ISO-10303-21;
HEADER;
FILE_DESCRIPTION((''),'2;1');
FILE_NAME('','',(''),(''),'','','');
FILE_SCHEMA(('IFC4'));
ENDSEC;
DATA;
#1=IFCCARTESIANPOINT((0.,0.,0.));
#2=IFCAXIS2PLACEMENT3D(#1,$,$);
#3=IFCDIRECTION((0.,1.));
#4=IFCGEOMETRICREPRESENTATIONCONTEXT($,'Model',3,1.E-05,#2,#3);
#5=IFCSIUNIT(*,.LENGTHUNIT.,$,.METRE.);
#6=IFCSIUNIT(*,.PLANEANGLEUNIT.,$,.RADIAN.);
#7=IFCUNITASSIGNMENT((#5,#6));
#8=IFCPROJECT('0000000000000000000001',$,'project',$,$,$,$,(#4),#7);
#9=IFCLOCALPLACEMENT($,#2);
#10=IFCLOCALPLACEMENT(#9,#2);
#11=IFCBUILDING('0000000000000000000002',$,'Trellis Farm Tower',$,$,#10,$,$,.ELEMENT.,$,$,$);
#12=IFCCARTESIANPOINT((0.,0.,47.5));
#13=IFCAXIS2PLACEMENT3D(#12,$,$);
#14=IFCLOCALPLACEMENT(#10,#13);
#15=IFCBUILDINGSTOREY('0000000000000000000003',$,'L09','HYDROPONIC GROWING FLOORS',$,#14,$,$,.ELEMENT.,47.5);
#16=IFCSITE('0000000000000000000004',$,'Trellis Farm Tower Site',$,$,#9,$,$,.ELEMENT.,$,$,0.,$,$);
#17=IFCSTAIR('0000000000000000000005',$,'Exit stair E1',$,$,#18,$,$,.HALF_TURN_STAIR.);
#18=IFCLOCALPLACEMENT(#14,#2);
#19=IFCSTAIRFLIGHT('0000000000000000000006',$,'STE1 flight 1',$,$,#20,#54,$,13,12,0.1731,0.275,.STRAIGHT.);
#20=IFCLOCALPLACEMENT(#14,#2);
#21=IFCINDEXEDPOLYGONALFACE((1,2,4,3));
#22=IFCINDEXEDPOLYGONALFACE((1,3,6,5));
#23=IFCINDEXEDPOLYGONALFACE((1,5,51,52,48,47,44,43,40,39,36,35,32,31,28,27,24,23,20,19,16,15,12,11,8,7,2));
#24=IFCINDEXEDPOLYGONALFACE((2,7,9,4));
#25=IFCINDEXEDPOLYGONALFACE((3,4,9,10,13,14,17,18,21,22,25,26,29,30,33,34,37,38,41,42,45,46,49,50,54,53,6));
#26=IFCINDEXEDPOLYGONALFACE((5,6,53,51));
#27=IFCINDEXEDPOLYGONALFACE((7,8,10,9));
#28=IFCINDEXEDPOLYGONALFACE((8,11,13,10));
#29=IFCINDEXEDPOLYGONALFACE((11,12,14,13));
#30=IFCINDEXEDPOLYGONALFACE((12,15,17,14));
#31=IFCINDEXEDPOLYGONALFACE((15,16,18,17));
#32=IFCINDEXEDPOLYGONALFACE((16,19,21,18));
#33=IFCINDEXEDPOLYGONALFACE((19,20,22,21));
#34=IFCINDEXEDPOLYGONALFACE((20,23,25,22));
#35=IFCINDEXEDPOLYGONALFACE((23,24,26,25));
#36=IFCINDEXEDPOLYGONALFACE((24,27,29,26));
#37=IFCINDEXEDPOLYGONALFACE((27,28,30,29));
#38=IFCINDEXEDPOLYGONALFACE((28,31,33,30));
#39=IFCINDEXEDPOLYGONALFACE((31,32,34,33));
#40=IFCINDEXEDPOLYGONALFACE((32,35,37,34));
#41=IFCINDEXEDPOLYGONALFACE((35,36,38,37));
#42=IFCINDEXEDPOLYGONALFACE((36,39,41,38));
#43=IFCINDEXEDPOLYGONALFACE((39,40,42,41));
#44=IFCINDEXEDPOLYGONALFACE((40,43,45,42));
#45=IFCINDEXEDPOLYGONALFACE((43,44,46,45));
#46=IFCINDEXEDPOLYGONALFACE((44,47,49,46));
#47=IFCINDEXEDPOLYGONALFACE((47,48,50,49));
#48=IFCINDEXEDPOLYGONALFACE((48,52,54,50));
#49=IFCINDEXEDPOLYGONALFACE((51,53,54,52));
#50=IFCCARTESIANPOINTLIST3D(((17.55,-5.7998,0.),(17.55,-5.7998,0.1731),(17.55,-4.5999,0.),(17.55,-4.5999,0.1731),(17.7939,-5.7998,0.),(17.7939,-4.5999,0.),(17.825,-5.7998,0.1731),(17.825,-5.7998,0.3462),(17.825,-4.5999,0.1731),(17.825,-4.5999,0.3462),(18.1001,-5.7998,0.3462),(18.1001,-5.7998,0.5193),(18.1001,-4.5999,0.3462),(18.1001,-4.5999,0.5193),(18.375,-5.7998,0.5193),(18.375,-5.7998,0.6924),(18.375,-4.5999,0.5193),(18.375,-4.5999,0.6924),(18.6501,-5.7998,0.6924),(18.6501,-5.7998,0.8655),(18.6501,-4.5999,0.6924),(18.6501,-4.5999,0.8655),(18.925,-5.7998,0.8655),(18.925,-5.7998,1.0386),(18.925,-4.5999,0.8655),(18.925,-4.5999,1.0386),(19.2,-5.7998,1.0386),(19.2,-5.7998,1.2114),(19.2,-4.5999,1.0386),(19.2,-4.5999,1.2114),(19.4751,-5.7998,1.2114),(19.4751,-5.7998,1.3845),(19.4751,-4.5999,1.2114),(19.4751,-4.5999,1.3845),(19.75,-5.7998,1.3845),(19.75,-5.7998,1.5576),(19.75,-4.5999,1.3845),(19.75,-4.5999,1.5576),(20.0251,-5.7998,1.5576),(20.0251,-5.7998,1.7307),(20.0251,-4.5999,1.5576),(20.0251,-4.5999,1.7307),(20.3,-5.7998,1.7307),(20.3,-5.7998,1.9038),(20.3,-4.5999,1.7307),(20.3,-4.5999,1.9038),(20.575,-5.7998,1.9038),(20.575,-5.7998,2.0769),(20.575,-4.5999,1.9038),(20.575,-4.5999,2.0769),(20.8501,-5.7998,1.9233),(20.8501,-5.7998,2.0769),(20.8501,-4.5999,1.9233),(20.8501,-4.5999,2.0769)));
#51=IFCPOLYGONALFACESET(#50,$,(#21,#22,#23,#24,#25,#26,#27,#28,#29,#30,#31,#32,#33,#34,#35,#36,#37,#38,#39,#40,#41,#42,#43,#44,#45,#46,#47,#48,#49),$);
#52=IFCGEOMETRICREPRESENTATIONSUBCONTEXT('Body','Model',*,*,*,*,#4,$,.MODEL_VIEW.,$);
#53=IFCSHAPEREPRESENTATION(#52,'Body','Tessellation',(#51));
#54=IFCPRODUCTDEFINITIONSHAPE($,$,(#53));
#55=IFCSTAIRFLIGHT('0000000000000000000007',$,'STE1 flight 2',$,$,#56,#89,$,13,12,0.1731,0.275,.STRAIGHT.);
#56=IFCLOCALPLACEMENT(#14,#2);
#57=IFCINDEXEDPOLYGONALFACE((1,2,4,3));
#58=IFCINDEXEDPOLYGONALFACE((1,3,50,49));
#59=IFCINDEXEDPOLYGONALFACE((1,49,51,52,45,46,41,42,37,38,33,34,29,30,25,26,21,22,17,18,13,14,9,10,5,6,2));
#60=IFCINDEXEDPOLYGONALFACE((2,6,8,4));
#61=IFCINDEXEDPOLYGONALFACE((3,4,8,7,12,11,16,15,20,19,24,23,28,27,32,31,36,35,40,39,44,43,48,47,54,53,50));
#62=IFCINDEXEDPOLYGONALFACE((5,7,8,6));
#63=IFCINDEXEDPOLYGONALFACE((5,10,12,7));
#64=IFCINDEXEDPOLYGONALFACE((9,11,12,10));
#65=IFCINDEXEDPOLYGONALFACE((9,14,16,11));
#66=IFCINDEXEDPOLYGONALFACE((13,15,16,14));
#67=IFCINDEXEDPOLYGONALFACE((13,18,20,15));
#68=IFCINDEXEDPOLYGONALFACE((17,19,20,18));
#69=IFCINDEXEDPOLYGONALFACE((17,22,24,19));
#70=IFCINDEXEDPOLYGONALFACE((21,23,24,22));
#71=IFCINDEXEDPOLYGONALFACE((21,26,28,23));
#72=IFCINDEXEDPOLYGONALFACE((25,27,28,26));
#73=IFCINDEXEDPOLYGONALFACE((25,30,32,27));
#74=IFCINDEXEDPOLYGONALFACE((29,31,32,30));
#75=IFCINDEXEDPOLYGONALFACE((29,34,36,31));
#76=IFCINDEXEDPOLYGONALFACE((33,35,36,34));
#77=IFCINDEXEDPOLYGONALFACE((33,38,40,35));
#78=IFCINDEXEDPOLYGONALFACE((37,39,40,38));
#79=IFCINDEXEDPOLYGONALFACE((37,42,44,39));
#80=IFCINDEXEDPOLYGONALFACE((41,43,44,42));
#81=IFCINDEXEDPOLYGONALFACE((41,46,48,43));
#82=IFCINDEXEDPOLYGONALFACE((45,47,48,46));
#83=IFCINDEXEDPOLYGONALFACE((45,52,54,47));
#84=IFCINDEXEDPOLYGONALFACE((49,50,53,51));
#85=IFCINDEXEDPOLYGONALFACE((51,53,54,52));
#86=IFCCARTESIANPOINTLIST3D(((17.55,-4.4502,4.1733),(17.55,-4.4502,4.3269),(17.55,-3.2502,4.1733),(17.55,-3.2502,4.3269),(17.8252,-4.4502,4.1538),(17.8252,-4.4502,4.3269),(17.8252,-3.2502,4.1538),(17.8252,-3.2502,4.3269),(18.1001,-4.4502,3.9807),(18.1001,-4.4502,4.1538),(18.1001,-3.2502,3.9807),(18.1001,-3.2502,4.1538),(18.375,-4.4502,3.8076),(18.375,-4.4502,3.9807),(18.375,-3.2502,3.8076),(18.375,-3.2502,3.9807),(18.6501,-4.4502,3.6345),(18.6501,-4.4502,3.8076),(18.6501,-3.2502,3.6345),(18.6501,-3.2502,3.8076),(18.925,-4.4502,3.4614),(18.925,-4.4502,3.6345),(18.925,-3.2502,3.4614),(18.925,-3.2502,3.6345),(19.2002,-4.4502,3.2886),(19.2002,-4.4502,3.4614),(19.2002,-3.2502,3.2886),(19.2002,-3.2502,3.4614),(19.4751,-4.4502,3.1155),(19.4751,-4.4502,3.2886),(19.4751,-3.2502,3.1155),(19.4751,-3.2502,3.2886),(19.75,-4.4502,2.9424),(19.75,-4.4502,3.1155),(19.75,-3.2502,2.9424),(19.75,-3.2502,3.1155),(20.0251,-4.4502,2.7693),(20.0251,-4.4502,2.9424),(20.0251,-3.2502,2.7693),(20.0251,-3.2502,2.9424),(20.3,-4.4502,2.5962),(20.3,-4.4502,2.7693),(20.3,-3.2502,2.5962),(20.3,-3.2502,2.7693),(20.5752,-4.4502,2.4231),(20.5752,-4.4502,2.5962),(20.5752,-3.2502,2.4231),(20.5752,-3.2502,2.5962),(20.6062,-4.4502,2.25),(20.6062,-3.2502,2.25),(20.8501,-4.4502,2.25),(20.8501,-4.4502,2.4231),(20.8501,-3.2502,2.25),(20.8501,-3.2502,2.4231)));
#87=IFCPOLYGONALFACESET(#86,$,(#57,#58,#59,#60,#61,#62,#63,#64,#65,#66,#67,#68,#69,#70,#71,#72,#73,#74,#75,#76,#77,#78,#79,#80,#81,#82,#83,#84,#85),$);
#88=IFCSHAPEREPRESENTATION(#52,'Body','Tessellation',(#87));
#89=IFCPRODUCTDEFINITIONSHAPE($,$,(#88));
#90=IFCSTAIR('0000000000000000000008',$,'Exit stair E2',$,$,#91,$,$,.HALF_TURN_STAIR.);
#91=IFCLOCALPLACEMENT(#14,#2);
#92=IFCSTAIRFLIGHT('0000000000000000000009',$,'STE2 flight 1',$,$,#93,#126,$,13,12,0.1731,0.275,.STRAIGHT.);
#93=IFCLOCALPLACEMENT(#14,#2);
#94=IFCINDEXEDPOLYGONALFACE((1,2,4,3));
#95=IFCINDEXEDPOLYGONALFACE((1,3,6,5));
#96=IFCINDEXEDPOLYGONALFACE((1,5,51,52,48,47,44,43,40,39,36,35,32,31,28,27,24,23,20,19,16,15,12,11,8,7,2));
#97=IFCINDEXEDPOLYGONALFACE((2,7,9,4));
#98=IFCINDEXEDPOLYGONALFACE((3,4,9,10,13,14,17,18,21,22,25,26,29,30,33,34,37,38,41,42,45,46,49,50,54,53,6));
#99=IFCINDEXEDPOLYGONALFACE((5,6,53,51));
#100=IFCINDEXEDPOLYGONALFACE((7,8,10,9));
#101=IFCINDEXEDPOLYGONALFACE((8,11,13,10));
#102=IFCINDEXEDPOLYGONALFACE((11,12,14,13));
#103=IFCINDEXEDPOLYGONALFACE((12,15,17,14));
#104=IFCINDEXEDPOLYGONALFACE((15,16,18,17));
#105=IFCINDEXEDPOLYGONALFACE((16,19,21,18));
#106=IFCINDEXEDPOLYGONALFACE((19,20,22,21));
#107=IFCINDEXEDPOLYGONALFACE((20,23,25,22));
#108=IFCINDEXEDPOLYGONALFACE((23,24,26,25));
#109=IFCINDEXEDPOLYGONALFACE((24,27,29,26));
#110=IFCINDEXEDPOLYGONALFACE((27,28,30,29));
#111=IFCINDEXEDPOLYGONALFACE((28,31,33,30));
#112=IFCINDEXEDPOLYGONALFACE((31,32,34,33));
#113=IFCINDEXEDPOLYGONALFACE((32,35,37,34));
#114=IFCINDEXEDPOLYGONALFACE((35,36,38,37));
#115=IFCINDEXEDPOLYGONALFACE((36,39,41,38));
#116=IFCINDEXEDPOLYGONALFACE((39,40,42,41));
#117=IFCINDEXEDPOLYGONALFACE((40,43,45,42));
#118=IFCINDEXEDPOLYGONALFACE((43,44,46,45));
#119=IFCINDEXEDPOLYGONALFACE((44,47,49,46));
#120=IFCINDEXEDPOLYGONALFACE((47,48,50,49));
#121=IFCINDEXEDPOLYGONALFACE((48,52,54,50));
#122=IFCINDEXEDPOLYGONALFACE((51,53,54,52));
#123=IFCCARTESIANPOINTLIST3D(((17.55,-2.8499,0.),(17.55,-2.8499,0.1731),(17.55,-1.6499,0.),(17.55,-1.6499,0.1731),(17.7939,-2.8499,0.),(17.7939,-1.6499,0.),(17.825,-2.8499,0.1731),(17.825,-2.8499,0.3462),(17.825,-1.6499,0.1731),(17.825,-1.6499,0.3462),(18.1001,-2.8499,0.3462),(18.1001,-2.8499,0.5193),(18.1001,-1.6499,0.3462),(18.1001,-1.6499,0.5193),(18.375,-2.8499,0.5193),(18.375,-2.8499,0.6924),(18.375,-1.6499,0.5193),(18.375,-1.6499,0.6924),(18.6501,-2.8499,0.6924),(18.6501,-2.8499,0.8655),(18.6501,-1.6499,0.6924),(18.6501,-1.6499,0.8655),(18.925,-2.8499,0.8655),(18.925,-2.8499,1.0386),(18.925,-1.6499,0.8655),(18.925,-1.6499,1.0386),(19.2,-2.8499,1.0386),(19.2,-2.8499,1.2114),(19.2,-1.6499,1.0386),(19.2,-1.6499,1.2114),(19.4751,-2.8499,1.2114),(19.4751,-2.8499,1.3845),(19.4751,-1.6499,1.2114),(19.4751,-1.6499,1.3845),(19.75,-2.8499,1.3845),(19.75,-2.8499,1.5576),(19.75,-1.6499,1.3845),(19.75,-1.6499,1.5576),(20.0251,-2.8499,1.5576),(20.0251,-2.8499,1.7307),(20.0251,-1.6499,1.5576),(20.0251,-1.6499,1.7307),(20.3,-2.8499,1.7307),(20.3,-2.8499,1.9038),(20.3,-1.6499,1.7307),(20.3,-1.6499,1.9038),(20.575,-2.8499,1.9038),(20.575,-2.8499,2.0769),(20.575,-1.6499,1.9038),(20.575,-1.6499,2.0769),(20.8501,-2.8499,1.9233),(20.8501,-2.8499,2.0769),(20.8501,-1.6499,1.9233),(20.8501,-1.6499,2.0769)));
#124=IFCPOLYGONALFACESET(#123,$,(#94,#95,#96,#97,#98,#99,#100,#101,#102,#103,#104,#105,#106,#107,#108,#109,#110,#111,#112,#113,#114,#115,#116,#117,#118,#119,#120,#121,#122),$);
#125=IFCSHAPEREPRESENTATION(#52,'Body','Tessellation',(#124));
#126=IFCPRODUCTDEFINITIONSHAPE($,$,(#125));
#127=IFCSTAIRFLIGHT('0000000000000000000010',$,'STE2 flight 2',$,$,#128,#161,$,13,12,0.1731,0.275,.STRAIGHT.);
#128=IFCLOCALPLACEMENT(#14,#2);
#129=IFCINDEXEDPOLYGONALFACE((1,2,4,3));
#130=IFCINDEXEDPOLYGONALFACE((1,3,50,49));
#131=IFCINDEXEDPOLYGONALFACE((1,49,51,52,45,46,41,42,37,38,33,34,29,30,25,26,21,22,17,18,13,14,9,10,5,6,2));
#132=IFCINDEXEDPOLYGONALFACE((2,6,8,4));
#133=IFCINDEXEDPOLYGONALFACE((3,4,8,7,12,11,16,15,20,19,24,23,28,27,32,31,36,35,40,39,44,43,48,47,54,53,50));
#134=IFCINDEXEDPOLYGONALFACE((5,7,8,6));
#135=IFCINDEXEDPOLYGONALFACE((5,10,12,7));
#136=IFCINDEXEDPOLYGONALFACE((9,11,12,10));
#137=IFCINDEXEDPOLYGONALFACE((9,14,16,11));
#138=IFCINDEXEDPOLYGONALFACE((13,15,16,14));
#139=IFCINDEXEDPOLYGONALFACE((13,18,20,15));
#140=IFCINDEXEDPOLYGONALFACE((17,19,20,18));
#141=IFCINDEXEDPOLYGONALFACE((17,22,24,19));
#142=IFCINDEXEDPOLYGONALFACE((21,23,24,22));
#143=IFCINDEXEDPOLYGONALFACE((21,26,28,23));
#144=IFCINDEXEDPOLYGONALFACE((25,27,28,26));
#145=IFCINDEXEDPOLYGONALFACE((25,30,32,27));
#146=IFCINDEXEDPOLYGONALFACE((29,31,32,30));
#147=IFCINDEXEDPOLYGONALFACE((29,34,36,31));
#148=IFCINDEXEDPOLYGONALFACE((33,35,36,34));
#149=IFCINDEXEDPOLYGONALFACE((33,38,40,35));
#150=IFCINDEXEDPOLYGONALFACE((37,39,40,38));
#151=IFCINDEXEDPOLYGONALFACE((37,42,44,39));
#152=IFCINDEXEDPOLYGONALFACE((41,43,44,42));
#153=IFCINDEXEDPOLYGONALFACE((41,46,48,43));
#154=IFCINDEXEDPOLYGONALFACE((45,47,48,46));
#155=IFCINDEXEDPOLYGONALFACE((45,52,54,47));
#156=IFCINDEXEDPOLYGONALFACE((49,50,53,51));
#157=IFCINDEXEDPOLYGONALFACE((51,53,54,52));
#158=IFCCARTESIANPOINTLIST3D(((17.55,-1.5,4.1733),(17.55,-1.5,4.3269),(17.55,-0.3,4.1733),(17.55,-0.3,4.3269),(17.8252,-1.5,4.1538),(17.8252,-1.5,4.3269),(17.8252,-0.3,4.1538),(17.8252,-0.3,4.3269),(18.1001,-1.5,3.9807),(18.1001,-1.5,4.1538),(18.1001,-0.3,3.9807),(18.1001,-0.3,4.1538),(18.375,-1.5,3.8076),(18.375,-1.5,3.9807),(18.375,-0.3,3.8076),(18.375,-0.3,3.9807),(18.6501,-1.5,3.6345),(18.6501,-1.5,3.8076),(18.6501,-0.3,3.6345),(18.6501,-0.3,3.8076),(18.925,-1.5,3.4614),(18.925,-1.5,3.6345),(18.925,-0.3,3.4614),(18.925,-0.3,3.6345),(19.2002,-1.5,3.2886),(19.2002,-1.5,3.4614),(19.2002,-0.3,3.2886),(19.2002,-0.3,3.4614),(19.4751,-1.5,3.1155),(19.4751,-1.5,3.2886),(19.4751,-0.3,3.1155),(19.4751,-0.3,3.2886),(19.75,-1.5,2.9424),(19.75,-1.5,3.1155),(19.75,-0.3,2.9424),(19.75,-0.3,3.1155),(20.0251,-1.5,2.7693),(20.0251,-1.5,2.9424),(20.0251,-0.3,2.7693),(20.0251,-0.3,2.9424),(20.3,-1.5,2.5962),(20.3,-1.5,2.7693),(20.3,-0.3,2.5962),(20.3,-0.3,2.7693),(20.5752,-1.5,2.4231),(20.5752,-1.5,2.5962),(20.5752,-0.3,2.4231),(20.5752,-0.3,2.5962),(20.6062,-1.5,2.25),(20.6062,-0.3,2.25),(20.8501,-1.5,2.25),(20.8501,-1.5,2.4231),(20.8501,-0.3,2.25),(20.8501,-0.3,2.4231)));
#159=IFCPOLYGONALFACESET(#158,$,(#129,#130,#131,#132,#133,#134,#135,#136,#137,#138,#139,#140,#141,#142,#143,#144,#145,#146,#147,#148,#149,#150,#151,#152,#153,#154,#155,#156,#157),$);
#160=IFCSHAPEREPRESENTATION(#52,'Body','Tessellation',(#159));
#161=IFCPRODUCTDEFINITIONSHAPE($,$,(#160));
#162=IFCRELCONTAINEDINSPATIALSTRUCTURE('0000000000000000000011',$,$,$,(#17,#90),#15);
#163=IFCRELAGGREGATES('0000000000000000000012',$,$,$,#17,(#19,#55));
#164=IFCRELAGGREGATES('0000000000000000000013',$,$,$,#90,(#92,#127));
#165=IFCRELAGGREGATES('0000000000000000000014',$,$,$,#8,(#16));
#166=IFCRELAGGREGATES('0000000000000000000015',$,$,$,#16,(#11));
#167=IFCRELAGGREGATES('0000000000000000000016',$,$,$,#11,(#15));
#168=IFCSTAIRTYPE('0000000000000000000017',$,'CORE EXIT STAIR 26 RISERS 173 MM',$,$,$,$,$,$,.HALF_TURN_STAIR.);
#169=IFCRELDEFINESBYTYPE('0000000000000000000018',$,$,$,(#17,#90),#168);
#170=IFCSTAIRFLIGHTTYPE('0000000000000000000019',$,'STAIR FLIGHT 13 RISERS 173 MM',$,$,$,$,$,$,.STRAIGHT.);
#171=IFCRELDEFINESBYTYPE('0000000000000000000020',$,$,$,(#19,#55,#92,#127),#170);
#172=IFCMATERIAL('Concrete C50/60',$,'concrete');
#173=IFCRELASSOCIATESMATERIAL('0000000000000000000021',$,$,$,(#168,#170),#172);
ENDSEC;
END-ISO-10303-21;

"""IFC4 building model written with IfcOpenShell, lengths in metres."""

from ifc_helpers import new_model, si_unit, direction, frame, origin, place, context, subcontext, project, spatial, polyline, outline, extrude, source, transform, mapped, material, type_object, element, aggregate, save


model = new_model("IFC4")

# Units and contexts
model_context = context("Model", 3, precision=1e-05, world=origin(), true_north=direction((0.0, 1.0)))
body_context = subcontext(model_context, "Body", "Model", "MODEL_VIEW")
ifc_project = project(units=[si_unit("LENGTHUNIT", "METRE"), si_unit("PLANEANGLEUNIT", "RADIAN")], contexts=[model_context])

# Site, building, storey
site_placement = place(None, origin())
site = spatial("IfcSite", under=ifc_project, at=site_placement, Name="Trellis Farm Tower Site", CompositionType="ELEMENT", RefElevation=0.0)
building_placement = place(site_placement, origin())
building = spatial("IfcBuilding", under=site, at=building_placement, Name="Trellis Farm Tower", CompositionType="ELEMENT")
storey_placement = place(building_placement, frame((0.0, 0.0, 47.5)))
storey = spatial("IfcBuildingStorey", under=building, at=storey_placement, Name="L09", Description="HYDROPONIC GROWING FLOORS", CompositionType="ELEMENT", Elevation=47.5)

# Shared definitions
placement = place(storey_placement, origin())

# Stairs, stair flights
ifc_material_1 = material(Name="Concrete C50/60", Category="concrete")
stair_type = type_object("IfcStairType", Name="CORE EXIT STAIR 26 RISERS 173 MM", PredefinedType="HALF_TURN_STAIR", material=ifc_material_1)
stair_1 = element("IfcStair", 1, at=placement, inside=storey, type_object=stair_type, Name="Exit stair E1", PredefinedType="HALF_TURN_STAIR")
stair_flight_type = type_object("IfcStairFlightType", Name="STAIR FLIGHT 13 RISERS 173 MM", PredefinedType="STRAIGHT", material=ifc_material_1)
shared_shape_1 = source(origin(), body_context, "Body", "SweptSolid", [
    extrude(outline(polyline([(0.0, 0.0), (0.0, 0.1731), (0.2749, 0.1731), (0.2749, 0.3462), (0.55, 0.3462), (0.55, 0.5193), (0.825, 0.5193), (0.825, 0.6924), (1.1001, 0.6924), (1.1001, 0.8655), (1.375, 0.8655), (1.375, 1.0386), (1.6499, 1.0386), (1.6499, 1.2114), (1.925, 1.2114), (1.925, 1.3845), (2.2, 1.3845), (2.2, 1.5576), (2.4751, 1.5576), (2.4751, 1.7307), (2.75, 1.7307), (2.75, 1.9038), (3.0249, 1.9038), (3.0249, 2.0769), (3.3, 2.0769), (3.3, 2.25), (3.3, 1.9233), (0.2439, 0.0), (0.0, 0.0)])), frame((0.0, 0.6001, 0.0), z_axis=(0.0, -1.0, 0.0), x_axis=(1.0, 0.0, 0.0)), (0.0, 0.0, 1.0), 1.2),
])
stair_flight_1_placement = place(storey_placement, frame((17.55, -5.2, 0.0), z_axis=(0.0, 0.0, 1.0), x_axis=(1.0, 0.0, 0.0)))
stair_flight_1 = element("IfcStairFlight", 2, at=stair_flight_1_placement, type_object=stair_flight_type, Name="STE1 flight 1", NumberOfRisers=13, NumberOfTreads=12, PredefinedType="STRAIGHT", RiserHeight=0.1731, TreadLength=0.275, context=body_context, shape_type="MappedRepresentation", body=[
    mapped(shared_shape_1, transform((0.0, 0.0, 0.0))),
])
stair_flight_2_placement = place(storey_placement, frame((20.8501, -3.8501, 2.25), z_axis=(0.0, 0.0, 1.0), x_axis=(-1.0, 0.0, 0.0)))
stair_flight_2 = element("IfcStairFlight", 3, at=stair_flight_2_placement, type_object=stair_flight_type, Name="STE1 flight 2", NumberOfRisers=13, NumberOfTreads=12, PredefinedType="STRAIGHT", RiserHeight=0.1731, TreadLength=0.275, context=body_context, shape_type="MappedRepresentation", body=[
    mapped(shared_shape_1, transform((0.0, 0.0, 0.0))),
])
aggregate(stair_1, [stair_flight_1, stair_flight_2])
stair_2 = element("IfcStair", 4, at=placement, inside=storey, type_object=stair_type, Name="Exit stair E2", PredefinedType="HALF_TURN_STAIR")
stair_flight_3_placement = place(storey_placement, frame((17.55, -2.25, 0.0), z_axis=(0.0, 0.0, 1.0), x_axis=(1.0, 0.0, 0.0)))
stair_flight_3 = element("IfcStairFlight", 5, at=stair_flight_3_placement, type_object=stair_flight_type, Name="STE2 flight 1", NumberOfRisers=13, NumberOfTreads=12, PredefinedType="STRAIGHT", RiserHeight=0.1731, TreadLength=0.275, context=body_context, shape_type="MappedRepresentation", body=[
    mapped(shared_shape_1, transform((0.0, 0.0, 0.0))),
])
stair_flight_4_placement = place(storey_placement, frame((20.8501, -0.8999, 2.25), z_axis=(0.0, 0.0, 1.0), x_axis=(-1.0, 0.0, 0.0)))
stair_flight_4 = element("IfcStairFlight", 6, at=stair_flight_4_placement, type_object=stair_flight_type, Name="STE2 flight 2", NumberOfRisers=13, NumberOfTreads=12, PredefinedType="STRAIGHT", RiserHeight=0.1731, TreadLength=0.275, context=body_context, shape_type="MappedRepresentation", body=[
    mapped(shared_shape_1, transform((0.0, 0.0, 0.0))),
])
aggregate(stair_2, [stair_flight_3, stair_flight_4])

save(model, "model.ifc")
